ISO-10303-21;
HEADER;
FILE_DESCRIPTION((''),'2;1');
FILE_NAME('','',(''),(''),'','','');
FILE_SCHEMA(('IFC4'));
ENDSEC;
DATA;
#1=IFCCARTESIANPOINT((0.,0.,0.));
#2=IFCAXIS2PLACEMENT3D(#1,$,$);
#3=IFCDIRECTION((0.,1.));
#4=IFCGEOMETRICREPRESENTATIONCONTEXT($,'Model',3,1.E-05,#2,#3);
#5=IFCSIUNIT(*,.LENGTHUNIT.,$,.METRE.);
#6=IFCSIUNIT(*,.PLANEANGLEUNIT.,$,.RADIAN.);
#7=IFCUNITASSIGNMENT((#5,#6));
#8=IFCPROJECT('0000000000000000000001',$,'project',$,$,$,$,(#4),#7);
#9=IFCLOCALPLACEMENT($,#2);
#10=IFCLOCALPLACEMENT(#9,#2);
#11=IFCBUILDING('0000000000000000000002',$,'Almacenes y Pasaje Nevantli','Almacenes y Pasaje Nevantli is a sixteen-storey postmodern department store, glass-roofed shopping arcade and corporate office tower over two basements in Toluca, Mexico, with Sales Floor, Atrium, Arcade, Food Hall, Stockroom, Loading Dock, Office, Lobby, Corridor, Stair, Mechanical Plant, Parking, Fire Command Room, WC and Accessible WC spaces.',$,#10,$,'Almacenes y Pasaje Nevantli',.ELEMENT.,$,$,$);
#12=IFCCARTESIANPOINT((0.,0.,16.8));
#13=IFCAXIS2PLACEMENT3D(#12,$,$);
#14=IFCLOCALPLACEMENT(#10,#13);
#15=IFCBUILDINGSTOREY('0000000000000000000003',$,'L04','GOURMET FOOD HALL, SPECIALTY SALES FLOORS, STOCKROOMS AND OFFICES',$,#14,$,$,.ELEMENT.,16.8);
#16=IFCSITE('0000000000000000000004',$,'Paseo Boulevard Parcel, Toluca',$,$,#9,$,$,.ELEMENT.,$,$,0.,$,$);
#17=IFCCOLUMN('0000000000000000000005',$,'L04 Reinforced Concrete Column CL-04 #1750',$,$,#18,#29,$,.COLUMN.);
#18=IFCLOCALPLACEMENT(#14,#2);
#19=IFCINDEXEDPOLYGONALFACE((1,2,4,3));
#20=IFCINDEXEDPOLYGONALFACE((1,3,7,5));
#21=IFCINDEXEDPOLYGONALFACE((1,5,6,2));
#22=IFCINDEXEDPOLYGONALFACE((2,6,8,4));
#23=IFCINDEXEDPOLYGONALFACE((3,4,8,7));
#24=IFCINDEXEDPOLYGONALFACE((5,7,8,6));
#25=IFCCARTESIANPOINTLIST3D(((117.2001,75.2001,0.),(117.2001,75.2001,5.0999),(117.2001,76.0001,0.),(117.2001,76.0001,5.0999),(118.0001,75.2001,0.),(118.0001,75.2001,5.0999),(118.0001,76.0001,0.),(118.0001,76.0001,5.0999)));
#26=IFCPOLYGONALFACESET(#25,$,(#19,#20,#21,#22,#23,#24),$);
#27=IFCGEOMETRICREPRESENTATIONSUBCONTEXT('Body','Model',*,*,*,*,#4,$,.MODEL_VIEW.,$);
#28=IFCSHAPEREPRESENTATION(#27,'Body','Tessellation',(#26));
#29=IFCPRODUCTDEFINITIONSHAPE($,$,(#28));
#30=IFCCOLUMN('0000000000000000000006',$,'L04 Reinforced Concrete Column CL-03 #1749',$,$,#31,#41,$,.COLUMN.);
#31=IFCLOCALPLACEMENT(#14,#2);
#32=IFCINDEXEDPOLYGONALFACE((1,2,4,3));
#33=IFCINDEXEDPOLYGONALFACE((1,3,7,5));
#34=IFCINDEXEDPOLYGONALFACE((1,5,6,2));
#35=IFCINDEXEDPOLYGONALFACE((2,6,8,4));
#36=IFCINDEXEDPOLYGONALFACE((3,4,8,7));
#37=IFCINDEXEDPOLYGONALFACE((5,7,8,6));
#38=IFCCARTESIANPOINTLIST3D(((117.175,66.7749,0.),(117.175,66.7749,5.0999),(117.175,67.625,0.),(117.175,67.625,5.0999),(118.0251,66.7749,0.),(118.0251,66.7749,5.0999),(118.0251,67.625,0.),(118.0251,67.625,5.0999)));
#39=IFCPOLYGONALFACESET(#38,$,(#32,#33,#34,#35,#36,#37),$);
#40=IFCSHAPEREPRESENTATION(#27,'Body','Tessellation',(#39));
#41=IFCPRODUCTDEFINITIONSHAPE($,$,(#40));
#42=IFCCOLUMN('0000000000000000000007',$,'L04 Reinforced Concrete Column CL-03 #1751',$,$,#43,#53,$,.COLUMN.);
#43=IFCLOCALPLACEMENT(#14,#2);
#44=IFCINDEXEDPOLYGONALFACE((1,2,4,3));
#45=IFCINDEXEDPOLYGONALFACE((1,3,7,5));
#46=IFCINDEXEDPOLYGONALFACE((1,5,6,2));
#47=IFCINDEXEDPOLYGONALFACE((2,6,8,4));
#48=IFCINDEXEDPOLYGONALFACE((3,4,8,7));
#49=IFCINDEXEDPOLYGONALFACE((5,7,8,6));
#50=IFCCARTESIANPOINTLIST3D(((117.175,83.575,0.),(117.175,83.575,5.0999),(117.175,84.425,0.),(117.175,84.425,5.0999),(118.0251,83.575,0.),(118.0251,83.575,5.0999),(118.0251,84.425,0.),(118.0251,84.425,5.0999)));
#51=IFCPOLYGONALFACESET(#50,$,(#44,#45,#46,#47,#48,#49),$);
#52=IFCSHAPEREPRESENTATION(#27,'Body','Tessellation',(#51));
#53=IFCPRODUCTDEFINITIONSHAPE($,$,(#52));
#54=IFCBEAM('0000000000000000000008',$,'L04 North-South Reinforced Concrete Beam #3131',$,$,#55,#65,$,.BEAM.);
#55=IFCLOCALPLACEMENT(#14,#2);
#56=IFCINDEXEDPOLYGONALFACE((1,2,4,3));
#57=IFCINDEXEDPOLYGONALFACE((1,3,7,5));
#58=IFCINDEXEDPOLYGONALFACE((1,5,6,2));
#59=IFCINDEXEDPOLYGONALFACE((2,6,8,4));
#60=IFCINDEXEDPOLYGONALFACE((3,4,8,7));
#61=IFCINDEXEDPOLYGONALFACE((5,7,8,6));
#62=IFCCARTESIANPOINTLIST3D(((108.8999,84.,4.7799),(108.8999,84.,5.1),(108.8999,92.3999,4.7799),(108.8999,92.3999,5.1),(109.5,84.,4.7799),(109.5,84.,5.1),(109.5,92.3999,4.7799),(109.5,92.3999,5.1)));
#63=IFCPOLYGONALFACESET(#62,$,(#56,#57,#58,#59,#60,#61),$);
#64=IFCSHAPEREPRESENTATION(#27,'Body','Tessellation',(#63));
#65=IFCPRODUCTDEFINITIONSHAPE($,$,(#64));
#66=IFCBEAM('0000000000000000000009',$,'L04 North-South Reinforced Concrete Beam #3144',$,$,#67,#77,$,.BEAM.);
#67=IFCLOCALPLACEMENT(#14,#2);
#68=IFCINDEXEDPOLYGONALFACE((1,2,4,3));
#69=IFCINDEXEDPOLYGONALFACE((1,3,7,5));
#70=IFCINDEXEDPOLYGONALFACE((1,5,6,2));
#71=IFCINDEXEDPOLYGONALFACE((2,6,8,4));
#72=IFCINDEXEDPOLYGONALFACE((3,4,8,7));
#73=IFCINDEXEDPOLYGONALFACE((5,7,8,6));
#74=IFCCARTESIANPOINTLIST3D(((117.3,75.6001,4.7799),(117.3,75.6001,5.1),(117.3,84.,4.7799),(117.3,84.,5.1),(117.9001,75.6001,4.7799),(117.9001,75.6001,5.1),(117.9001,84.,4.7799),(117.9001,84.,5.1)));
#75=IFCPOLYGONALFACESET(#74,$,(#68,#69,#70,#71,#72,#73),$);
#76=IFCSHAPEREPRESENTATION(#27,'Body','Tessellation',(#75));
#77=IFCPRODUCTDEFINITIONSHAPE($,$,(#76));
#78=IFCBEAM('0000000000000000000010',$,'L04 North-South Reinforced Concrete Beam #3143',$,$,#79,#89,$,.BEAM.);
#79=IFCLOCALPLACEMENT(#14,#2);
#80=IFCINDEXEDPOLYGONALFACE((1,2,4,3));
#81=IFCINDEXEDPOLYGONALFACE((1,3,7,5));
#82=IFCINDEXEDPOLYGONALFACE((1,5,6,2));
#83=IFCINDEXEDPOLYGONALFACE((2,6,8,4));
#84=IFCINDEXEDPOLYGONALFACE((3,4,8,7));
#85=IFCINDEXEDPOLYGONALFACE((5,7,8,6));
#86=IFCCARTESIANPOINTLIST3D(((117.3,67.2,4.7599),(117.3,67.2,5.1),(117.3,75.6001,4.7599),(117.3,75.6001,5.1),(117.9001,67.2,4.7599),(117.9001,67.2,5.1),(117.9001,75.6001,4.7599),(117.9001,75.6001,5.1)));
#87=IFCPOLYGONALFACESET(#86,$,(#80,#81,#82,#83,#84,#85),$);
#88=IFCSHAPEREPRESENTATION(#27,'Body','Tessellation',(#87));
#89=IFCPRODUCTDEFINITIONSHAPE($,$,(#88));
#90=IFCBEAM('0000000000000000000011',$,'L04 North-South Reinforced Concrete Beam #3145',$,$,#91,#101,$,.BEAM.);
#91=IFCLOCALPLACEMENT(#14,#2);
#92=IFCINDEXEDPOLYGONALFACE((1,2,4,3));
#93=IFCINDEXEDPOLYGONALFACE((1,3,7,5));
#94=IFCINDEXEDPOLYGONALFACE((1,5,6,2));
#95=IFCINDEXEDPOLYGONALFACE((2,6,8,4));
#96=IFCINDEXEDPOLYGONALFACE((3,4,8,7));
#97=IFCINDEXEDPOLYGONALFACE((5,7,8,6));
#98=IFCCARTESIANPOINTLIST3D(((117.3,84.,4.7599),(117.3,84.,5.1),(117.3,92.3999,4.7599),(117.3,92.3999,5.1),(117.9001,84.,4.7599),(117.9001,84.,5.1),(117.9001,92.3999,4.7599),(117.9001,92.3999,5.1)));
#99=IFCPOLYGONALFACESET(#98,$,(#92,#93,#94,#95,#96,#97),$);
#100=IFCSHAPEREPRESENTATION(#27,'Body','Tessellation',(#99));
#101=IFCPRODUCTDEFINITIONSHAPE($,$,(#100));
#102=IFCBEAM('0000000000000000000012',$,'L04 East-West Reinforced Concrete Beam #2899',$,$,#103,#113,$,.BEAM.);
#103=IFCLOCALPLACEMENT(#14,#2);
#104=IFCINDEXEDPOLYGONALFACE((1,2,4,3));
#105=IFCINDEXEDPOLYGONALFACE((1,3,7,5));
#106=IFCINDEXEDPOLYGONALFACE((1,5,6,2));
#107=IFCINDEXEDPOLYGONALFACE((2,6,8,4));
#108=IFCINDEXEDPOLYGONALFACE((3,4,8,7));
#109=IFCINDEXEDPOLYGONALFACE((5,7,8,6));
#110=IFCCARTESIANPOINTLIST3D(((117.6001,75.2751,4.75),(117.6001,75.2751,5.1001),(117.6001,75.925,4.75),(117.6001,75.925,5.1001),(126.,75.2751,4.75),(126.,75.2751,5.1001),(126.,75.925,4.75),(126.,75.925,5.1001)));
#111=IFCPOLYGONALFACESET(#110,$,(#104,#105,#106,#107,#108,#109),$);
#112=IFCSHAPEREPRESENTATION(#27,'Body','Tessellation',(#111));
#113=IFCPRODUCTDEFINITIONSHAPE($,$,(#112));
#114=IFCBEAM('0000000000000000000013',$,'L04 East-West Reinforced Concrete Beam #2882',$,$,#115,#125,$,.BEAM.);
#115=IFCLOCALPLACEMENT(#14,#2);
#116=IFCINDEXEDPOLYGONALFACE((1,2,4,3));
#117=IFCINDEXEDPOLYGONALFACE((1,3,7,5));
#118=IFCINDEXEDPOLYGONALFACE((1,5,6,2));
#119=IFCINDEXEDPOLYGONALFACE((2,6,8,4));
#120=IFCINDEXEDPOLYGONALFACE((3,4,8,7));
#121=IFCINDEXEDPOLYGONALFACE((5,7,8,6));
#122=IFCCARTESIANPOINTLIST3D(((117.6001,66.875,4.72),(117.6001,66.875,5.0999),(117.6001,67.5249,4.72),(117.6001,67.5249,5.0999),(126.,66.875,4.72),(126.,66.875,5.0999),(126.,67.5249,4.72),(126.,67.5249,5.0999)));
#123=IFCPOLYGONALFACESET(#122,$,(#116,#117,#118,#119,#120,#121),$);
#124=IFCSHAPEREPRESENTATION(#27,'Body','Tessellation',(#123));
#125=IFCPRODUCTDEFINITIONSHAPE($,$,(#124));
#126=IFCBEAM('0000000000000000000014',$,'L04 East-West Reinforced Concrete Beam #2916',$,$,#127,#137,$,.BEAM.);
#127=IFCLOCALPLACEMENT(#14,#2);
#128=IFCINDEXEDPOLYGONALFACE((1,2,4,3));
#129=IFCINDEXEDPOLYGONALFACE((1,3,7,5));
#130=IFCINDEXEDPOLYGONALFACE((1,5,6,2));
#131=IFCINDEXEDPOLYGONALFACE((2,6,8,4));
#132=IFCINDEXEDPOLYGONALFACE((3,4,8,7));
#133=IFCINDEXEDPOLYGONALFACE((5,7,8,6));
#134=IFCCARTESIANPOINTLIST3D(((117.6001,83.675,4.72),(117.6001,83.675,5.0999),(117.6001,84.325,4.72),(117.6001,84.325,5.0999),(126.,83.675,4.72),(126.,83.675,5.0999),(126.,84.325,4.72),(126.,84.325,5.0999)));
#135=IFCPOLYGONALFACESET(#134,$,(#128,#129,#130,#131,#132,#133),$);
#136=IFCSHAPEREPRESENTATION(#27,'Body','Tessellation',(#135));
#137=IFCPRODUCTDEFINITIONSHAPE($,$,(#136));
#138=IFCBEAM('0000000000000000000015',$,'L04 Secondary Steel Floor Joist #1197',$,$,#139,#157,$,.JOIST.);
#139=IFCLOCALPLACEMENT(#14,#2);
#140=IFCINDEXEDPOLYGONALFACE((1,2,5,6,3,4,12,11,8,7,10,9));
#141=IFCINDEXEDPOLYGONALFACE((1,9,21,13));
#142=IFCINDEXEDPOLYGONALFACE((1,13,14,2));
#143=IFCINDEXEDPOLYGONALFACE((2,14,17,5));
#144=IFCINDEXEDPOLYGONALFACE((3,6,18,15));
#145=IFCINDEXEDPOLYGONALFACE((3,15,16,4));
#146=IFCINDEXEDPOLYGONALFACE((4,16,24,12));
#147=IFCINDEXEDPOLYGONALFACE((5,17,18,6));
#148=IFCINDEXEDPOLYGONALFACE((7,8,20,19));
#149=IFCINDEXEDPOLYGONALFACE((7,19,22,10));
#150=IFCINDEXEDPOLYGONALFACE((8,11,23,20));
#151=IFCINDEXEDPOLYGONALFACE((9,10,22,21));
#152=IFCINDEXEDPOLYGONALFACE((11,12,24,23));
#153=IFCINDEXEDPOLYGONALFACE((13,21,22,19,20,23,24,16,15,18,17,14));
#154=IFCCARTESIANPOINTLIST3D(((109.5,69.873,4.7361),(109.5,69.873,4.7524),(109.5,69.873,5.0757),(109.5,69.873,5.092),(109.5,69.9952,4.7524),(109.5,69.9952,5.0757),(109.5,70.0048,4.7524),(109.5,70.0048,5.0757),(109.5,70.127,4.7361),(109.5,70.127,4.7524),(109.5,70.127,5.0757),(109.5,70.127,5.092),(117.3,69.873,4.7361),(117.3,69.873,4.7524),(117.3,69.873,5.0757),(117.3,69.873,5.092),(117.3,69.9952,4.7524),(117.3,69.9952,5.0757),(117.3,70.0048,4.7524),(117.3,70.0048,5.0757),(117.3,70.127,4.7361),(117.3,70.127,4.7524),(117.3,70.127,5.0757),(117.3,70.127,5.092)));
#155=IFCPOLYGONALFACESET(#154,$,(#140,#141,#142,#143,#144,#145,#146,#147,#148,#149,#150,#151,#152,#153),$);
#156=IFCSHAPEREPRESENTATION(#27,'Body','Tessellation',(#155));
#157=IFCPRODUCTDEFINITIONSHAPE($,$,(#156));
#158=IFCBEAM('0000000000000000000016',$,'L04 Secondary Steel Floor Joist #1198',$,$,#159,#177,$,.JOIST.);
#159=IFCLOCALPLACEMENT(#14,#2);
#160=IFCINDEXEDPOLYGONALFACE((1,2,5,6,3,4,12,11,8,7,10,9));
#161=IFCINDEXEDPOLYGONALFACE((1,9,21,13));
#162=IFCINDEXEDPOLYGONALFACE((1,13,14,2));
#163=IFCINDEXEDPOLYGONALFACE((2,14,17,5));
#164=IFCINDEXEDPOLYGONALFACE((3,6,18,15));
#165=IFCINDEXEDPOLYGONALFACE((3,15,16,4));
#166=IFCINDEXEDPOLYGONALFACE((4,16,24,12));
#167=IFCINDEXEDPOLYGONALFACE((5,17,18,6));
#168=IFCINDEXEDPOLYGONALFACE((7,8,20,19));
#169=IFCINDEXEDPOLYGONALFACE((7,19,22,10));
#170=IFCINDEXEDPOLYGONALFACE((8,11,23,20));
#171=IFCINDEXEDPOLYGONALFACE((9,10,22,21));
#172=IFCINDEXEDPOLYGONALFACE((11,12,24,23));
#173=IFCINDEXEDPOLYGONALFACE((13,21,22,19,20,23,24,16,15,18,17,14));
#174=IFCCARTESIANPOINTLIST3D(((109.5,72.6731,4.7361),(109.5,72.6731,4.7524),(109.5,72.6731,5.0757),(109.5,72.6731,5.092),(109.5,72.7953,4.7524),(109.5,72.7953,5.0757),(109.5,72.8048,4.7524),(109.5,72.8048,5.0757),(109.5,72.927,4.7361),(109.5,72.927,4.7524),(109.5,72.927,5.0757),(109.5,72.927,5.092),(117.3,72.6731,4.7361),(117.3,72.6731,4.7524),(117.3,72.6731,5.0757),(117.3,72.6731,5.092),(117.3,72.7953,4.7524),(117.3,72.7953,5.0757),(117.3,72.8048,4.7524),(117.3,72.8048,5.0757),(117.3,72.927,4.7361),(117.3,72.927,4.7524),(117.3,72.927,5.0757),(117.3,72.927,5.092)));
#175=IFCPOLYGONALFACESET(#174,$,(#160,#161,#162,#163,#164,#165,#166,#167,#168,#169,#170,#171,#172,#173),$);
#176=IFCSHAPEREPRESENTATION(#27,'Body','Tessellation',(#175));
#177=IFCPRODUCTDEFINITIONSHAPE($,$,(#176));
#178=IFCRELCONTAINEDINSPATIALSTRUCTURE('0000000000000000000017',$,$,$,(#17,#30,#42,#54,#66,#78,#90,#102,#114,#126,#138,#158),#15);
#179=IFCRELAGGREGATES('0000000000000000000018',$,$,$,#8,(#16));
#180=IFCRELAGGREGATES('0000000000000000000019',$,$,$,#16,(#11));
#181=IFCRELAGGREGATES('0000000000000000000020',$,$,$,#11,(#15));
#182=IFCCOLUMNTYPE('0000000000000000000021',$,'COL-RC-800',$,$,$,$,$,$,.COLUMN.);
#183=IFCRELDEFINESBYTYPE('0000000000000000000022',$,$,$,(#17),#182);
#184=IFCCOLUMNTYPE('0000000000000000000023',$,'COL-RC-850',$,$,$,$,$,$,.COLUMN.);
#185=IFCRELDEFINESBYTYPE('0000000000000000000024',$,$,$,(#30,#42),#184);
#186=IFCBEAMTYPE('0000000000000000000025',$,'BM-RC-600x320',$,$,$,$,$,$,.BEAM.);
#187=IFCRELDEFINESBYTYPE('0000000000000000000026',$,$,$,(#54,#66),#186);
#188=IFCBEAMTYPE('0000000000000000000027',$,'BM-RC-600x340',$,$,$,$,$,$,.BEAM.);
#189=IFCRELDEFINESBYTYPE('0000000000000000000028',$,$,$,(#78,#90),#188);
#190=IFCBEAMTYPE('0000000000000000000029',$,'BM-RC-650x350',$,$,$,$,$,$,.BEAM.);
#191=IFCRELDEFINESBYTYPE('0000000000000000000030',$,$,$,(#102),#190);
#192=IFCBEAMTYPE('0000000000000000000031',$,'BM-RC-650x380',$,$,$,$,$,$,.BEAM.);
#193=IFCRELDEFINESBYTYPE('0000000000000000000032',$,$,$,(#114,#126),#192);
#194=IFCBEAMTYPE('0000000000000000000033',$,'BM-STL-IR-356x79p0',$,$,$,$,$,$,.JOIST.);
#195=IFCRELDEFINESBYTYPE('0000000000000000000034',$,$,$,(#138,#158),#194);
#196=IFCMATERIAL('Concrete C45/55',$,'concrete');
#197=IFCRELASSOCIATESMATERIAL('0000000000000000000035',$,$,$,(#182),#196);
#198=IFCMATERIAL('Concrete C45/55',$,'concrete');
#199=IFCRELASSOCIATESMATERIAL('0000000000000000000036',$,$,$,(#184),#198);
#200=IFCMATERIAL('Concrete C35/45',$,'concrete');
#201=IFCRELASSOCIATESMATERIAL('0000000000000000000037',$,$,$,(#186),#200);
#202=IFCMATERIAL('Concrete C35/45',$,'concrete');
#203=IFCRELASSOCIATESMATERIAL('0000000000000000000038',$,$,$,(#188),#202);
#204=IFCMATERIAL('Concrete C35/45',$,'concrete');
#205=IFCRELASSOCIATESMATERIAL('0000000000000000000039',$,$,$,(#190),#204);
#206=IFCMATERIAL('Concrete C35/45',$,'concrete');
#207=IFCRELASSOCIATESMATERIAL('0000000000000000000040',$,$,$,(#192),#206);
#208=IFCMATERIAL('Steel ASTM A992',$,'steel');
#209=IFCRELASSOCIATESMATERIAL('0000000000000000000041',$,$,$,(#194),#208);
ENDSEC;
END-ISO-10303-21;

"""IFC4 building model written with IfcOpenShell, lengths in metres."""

from ifc_helpers import new_model, si_unit, direction, frame, origin, origin_2d, place, context, subcontext, project, spatial, rectangle, i_section, extrude, material, material_profile, profile_set, type_object, element, save


model = new_model("IFC4")

# Units and contexts
model_context = context("Model", 3, precision=1e-05, world=origin(), true_north=direction((0.0, 1.0)))
body_context = subcontext(model_context, "Body", "Model", "MODEL_VIEW")
ifc_project = project(units=[si_unit("LENGTHUNIT", "METRE"), si_unit("PLANEANGLEUNIT", "RADIAN")], contexts=[model_context])

# Site, building, storey
site_placement = place(None, origin())
site = spatial("IfcSite", under=ifc_project, at=site_placement, Name="Paseo Boulevard Parcel, Toluca", CompositionType="ELEMENT", RefElevation=0.0)
building_placement = place(site_placement, origin())
building = spatial("IfcBuilding", under=site, at=building_placement, Name="Almacenes y Pasaje Nevantli", Description="Almacenes y Pasaje Nevantli is a sixteen-storey postmodern department store, glass-roofed shopping arcade and corporate office tower over two basements in Toluca, Mexico, with Sales Floor, Atrium, Arcade, Food Hall, Stockroom, Loading Dock, Office, Lobby, Corridor, Stair, Mechanical Plant, Parking, Fire Command Room, WC and Accessible WC spaces.", LongName="Almacenes y Pasaje Nevantli", CompositionType="ELEMENT")
storey_placement = place(building_placement, frame((0.0, 0.0, 16.8)))
storey = spatial("IfcBuildingStorey", under=building, at=storey_placement, Name="L04", Description="GOURMET FOOD HALL, SPECIALTY SALES FLOORS, STOCKROOMS AND OFFICES", CompositionType="ELEMENT", Elevation=16.8)

# Columns
ifc_material_1 = material(Name="Concrete C45/55", Category="concrete")
ifc_material_profile_1 = material_profile(ifc_material_1, rectangle(XDim=0.8, YDim=0.8, at=origin_2d()), Name="RC-COL-800x800")
ifc_profile_set_1 = profile_set([ifc_material_profile_1], Name="Concrete C45/55")
column_type_1 = type_object("IfcColumnType", Name="COL-RC-800", PredefinedType="COLUMN", material=ifc_profile_set_1)
column_placement = place(storey_placement, frame((117.6001, 75.6001, 0.0), z_axis=(0.0, 0.0, 1.0), x_axis=(1.0, 0.0, 0.0)))
element("IfcColumn", 1, at=column_placement, inside=storey, type_object=column_type_1, Name="L04 Reinforced Concrete Column CL-04 #1750", PredefinedType="COLUMN", context=body_context, shape_type="SweptSolid", body=[
    extrude(rectangle(XDim=0.8, YDim=0.8, at=origin_2d()), origin(), (0.0, 0.0, 1.0), 5.0999),
])
ifc_material_2 = material(Name="Concrete C45/55", Category="concrete")
ifc_material_profile_2 = material_profile(ifc_material_2, rectangle(XDim=0.8501, YDim=0.8501, at=origin_2d()), Name="RC-COL-850x850")
ifc_profile_set_2 = profile_set([ifc_material_profile_2], Name="Concrete C45/55")
column_type_2 = type_object("IfcColumnType", Name="COL-RC-850", PredefinedType="COLUMN", material=ifc_profile_set_2)
for number, where, z_axis, x_axis, name in (
    (2, (117.6001, 67.2, 0.0), (0.0, 0.0, 1.0), (1.0, 0.0, 0.0), "L04 Reinforced Concrete Column CL-03 #1749"),
    (3, (117.6001, 84.0, 0.0), (0.0, 0.0, 1.0), (1.0, 0.0, 0.0), "L04 Reinforced Concrete Column CL-03 #1751"),
):
    element("IfcColumn", number, at=place(storey_placement, frame(where, z_axis=z_axis, x_axis=x_axis)), inside=storey, type_object=column_type_2, Name=name, PredefinedType="COLUMN", context=body_context, shape_type="SweptSolid", body=[
        extrude(rectangle(XDim=0.8501, YDim=0.8501, at=origin_2d()), origin(), (0.0, 0.0, 1.0), 5.0999),
    ])

# Beams
ifc_material_3 = material(Name="Concrete C35/45", Category="concrete")
ifc_material_profile_3 = material_profile(ifc_material_3, rectangle(XDim=0.6001, YDim=0.3201, at=origin_2d()), Name="RC-BM-600x320")
ifc_profile_set_3 = profile_set([ifc_material_profile_3], Name="Concrete C35/45")
beam_type_1 = type_object("IfcBeamType", Name="BM-RC-600x320", PredefinedType="BEAM", material=ifc_profile_set_3)
for number, where, z_axis, x_axis, name in (
    (4, (109.2, 84.0, 4.9399), (0.0, 1.0, 0.0), (-1.0, 0.0, 0.0), "L04 North-South Reinforced Concrete Beam #3131"),
    (5, (117.6001, 75.6001, 4.9399), (0.0, 1.0, 0.0), (-1.0, 0.0, 0.0), "L04 North-South Reinforced Concrete Beam #3144"),
):
    element("IfcBeam", number, at=place(storey_placement, frame(where, z_axis=z_axis, x_axis=x_axis)), inside=storey, type_object=beam_type_1, Name=name, PredefinedType="BEAM", context=body_context, shape_type="SweptSolid", body=[
        extrude(rectangle(XDim=0.6001, YDim=0.3201, at=origin_2d()), origin(), (0.0, 0.0, 1.0), 8.3999),
    ])
ifc_material_4 = material(Name="Concrete C35/45", Category="concrete")
ifc_material_profile_4 = material_profile(ifc_material_4, rectangle(XDim=0.6001, YDim=0.3401, at=origin_2d()), Name="RC-BM-600x340")
ifc_profile_set_4 = profile_set([ifc_material_profile_4], Name="Concrete C35/45")
beam_type_2 = type_object("IfcBeamType", Name="BM-RC-600x340", PredefinedType="BEAM", material=ifc_profile_set_4)
beam_1_placement = place(storey_placement, frame((117.6001, 67.2, 4.9299), z_axis=(0.0, 1.0, 0.0), x_axis=(-1.0, 0.0, 0.0)))
element("IfcBeam", 6, at=beam_1_placement, inside=storey, type_object=beam_type_2, Name="L04 North-South Reinforced Concrete Beam #3143", PredefinedType="BEAM", context=body_context, shape_type="SweptSolid", body=[
    extrude(rectangle(XDim=0.6001, YDim=0.3401, at=origin_2d()), origin(), (0.0, 0.0, 1.0), 8.4001),
])
beam_2_placement = place(storey_placement, frame((117.6001, 84.0, 4.9299), z_axis=(0.0, 1.0, 0.0), x_axis=(-1.0, 0.0, 0.0)))
element("IfcBeam", 7, at=beam_2_placement, inside=storey, type_object=beam_type_2, Name="L04 North-South Reinforced Concrete Beam #3145", PredefinedType="BEAM", context=body_context, shape_type="SweptSolid", body=[
    extrude(rectangle(XDim=0.6001, YDim=0.3401, at=origin_2d()), origin(), (0.0, 0.0, 1.0), 8.3999),
])
ifc_material_5 = material(Name="Concrete C35/45", Category="concrete")
ifc_material_profile_5 = material_profile(ifc_material_5, rectangle(XDim=0.6499, YDim=0.3501, at=origin_2d()), Name="RC-BM-650x350")
ifc_profile_set_5 = profile_set([ifc_material_profile_5], Name="Concrete C35/45")
beam_type_3 = type_object("IfcBeamType", Name="BM-RC-650x350", PredefinedType="BEAM", material=ifc_profile_set_5)
beam_3_placement = place(storey_placement, frame((117.6001, 75.6001, 4.925), z_axis=(1.0, 0.0, 0.0), x_axis=(0.0, 1.0, 0.0)))
element("IfcBeam", 8, at=beam_3_placement, inside=storey, type_object=beam_type_3, Name="L04 East-West Reinforced Concrete Beam #2899", PredefinedType="BEAM", context=body_context, shape_type="SweptSolid", body=[
    extrude(rectangle(XDim=0.6499, YDim=0.3501, at=origin_2d()), origin(), (0.0, 0.0, 1.0), 8.3999),
])
ifc_material_6 = material(Name="Concrete C35/45", Category="concrete")
ifc_material_profile_6 = material_profile(ifc_material_6, rectangle(XDim=0.6499, YDim=0.3799, at=origin_2d()), Name="RC-BM-650x380")
ifc_profile_set_6 = profile_set([ifc_material_profile_6], Name="Concrete C35/45")
beam_type_4 = type_object("IfcBeamType", Name="BM-RC-650x380", PredefinedType="BEAM", material=ifc_profile_set_6)
for number, where, z_axis, x_axis, name in (
    (9, (117.6001, 67.2, 4.9099), (1.0, 0.0, 0.0), (0.0, 1.0, 0.0), "L04 East-West Reinforced Concrete Beam #2882"),
    (10, (117.6001, 84.0, 4.9099), (1.0, 0.0, 0.0), (0.0, 1.0, 0.0), "L04 East-West Reinforced Concrete Beam #2916"),
):
    element("IfcBeam", number, at=place(storey_placement, frame(where, z_axis=z_axis, x_axis=x_axis)), inside=storey, type_object=beam_type_4, Name=name, PredefinedType="BEAM", context=body_context, shape_type="SweptSolid", body=[
        extrude(rectangle(XDim=0.6499, YDim=0.3799, at=origin_2d()), origin(), (0.0, 0.0, 1.0), 8.3999),
    ])
ifc_material_7 = material(Name="Steel ASTM A992", Category="steel")
ifc_material_profile_7 = material_profile(ifc_material_7, i_section(OverallWidth=0.2539, OverallDepth=0.356, WebThickness=0.0095, FlangeThickness=0.0164, at=origin_2d()), Name="IR 356x79.0")
ifc_profile_set_7 = profile_set([ifc_material_profile_7], Name="Steel ASTM A992")
beam_type_5 = type_object("IfcBeamType", Name="BM-STL-IR-356x79p0", PredefinedType="JOIST", material=ifc_profile_set_7)
for number, where, z_axis, x_axis, name in (
    (11, (109.5, 70.0, 4.9141), (1.0, 0.0, 0.0), (0.0, 1.0, 0.0), "L04 Secondary Steel Floor Joist #1197"),
    (12, (109.5, 72.8, 4.9141), (1.0, 0.0, 0.0), (0.0, 1.0, 0.0), "L04 Secondary Steel Floor Joist #1198"),
):
    element("IfcBeam", number, at=place(storey_placement, frame(where, z_axis=z_axis, x_axis=x_axis)), inside=storey, type_object=beam_type_5, Name=name, PredefinedType="JOIST", context=body_context, shape_type="SweptSolid", body=[
        extrude(i_section(OverallWidth=0.2539, OverallDepth=0.356, WebThickness=0.0095, FlangeThickness=0.0164, at=origin_2d()), origin(), (0.0, 0.0, 1.0), 7.8),
    ])

save(model, "model.ifc")
